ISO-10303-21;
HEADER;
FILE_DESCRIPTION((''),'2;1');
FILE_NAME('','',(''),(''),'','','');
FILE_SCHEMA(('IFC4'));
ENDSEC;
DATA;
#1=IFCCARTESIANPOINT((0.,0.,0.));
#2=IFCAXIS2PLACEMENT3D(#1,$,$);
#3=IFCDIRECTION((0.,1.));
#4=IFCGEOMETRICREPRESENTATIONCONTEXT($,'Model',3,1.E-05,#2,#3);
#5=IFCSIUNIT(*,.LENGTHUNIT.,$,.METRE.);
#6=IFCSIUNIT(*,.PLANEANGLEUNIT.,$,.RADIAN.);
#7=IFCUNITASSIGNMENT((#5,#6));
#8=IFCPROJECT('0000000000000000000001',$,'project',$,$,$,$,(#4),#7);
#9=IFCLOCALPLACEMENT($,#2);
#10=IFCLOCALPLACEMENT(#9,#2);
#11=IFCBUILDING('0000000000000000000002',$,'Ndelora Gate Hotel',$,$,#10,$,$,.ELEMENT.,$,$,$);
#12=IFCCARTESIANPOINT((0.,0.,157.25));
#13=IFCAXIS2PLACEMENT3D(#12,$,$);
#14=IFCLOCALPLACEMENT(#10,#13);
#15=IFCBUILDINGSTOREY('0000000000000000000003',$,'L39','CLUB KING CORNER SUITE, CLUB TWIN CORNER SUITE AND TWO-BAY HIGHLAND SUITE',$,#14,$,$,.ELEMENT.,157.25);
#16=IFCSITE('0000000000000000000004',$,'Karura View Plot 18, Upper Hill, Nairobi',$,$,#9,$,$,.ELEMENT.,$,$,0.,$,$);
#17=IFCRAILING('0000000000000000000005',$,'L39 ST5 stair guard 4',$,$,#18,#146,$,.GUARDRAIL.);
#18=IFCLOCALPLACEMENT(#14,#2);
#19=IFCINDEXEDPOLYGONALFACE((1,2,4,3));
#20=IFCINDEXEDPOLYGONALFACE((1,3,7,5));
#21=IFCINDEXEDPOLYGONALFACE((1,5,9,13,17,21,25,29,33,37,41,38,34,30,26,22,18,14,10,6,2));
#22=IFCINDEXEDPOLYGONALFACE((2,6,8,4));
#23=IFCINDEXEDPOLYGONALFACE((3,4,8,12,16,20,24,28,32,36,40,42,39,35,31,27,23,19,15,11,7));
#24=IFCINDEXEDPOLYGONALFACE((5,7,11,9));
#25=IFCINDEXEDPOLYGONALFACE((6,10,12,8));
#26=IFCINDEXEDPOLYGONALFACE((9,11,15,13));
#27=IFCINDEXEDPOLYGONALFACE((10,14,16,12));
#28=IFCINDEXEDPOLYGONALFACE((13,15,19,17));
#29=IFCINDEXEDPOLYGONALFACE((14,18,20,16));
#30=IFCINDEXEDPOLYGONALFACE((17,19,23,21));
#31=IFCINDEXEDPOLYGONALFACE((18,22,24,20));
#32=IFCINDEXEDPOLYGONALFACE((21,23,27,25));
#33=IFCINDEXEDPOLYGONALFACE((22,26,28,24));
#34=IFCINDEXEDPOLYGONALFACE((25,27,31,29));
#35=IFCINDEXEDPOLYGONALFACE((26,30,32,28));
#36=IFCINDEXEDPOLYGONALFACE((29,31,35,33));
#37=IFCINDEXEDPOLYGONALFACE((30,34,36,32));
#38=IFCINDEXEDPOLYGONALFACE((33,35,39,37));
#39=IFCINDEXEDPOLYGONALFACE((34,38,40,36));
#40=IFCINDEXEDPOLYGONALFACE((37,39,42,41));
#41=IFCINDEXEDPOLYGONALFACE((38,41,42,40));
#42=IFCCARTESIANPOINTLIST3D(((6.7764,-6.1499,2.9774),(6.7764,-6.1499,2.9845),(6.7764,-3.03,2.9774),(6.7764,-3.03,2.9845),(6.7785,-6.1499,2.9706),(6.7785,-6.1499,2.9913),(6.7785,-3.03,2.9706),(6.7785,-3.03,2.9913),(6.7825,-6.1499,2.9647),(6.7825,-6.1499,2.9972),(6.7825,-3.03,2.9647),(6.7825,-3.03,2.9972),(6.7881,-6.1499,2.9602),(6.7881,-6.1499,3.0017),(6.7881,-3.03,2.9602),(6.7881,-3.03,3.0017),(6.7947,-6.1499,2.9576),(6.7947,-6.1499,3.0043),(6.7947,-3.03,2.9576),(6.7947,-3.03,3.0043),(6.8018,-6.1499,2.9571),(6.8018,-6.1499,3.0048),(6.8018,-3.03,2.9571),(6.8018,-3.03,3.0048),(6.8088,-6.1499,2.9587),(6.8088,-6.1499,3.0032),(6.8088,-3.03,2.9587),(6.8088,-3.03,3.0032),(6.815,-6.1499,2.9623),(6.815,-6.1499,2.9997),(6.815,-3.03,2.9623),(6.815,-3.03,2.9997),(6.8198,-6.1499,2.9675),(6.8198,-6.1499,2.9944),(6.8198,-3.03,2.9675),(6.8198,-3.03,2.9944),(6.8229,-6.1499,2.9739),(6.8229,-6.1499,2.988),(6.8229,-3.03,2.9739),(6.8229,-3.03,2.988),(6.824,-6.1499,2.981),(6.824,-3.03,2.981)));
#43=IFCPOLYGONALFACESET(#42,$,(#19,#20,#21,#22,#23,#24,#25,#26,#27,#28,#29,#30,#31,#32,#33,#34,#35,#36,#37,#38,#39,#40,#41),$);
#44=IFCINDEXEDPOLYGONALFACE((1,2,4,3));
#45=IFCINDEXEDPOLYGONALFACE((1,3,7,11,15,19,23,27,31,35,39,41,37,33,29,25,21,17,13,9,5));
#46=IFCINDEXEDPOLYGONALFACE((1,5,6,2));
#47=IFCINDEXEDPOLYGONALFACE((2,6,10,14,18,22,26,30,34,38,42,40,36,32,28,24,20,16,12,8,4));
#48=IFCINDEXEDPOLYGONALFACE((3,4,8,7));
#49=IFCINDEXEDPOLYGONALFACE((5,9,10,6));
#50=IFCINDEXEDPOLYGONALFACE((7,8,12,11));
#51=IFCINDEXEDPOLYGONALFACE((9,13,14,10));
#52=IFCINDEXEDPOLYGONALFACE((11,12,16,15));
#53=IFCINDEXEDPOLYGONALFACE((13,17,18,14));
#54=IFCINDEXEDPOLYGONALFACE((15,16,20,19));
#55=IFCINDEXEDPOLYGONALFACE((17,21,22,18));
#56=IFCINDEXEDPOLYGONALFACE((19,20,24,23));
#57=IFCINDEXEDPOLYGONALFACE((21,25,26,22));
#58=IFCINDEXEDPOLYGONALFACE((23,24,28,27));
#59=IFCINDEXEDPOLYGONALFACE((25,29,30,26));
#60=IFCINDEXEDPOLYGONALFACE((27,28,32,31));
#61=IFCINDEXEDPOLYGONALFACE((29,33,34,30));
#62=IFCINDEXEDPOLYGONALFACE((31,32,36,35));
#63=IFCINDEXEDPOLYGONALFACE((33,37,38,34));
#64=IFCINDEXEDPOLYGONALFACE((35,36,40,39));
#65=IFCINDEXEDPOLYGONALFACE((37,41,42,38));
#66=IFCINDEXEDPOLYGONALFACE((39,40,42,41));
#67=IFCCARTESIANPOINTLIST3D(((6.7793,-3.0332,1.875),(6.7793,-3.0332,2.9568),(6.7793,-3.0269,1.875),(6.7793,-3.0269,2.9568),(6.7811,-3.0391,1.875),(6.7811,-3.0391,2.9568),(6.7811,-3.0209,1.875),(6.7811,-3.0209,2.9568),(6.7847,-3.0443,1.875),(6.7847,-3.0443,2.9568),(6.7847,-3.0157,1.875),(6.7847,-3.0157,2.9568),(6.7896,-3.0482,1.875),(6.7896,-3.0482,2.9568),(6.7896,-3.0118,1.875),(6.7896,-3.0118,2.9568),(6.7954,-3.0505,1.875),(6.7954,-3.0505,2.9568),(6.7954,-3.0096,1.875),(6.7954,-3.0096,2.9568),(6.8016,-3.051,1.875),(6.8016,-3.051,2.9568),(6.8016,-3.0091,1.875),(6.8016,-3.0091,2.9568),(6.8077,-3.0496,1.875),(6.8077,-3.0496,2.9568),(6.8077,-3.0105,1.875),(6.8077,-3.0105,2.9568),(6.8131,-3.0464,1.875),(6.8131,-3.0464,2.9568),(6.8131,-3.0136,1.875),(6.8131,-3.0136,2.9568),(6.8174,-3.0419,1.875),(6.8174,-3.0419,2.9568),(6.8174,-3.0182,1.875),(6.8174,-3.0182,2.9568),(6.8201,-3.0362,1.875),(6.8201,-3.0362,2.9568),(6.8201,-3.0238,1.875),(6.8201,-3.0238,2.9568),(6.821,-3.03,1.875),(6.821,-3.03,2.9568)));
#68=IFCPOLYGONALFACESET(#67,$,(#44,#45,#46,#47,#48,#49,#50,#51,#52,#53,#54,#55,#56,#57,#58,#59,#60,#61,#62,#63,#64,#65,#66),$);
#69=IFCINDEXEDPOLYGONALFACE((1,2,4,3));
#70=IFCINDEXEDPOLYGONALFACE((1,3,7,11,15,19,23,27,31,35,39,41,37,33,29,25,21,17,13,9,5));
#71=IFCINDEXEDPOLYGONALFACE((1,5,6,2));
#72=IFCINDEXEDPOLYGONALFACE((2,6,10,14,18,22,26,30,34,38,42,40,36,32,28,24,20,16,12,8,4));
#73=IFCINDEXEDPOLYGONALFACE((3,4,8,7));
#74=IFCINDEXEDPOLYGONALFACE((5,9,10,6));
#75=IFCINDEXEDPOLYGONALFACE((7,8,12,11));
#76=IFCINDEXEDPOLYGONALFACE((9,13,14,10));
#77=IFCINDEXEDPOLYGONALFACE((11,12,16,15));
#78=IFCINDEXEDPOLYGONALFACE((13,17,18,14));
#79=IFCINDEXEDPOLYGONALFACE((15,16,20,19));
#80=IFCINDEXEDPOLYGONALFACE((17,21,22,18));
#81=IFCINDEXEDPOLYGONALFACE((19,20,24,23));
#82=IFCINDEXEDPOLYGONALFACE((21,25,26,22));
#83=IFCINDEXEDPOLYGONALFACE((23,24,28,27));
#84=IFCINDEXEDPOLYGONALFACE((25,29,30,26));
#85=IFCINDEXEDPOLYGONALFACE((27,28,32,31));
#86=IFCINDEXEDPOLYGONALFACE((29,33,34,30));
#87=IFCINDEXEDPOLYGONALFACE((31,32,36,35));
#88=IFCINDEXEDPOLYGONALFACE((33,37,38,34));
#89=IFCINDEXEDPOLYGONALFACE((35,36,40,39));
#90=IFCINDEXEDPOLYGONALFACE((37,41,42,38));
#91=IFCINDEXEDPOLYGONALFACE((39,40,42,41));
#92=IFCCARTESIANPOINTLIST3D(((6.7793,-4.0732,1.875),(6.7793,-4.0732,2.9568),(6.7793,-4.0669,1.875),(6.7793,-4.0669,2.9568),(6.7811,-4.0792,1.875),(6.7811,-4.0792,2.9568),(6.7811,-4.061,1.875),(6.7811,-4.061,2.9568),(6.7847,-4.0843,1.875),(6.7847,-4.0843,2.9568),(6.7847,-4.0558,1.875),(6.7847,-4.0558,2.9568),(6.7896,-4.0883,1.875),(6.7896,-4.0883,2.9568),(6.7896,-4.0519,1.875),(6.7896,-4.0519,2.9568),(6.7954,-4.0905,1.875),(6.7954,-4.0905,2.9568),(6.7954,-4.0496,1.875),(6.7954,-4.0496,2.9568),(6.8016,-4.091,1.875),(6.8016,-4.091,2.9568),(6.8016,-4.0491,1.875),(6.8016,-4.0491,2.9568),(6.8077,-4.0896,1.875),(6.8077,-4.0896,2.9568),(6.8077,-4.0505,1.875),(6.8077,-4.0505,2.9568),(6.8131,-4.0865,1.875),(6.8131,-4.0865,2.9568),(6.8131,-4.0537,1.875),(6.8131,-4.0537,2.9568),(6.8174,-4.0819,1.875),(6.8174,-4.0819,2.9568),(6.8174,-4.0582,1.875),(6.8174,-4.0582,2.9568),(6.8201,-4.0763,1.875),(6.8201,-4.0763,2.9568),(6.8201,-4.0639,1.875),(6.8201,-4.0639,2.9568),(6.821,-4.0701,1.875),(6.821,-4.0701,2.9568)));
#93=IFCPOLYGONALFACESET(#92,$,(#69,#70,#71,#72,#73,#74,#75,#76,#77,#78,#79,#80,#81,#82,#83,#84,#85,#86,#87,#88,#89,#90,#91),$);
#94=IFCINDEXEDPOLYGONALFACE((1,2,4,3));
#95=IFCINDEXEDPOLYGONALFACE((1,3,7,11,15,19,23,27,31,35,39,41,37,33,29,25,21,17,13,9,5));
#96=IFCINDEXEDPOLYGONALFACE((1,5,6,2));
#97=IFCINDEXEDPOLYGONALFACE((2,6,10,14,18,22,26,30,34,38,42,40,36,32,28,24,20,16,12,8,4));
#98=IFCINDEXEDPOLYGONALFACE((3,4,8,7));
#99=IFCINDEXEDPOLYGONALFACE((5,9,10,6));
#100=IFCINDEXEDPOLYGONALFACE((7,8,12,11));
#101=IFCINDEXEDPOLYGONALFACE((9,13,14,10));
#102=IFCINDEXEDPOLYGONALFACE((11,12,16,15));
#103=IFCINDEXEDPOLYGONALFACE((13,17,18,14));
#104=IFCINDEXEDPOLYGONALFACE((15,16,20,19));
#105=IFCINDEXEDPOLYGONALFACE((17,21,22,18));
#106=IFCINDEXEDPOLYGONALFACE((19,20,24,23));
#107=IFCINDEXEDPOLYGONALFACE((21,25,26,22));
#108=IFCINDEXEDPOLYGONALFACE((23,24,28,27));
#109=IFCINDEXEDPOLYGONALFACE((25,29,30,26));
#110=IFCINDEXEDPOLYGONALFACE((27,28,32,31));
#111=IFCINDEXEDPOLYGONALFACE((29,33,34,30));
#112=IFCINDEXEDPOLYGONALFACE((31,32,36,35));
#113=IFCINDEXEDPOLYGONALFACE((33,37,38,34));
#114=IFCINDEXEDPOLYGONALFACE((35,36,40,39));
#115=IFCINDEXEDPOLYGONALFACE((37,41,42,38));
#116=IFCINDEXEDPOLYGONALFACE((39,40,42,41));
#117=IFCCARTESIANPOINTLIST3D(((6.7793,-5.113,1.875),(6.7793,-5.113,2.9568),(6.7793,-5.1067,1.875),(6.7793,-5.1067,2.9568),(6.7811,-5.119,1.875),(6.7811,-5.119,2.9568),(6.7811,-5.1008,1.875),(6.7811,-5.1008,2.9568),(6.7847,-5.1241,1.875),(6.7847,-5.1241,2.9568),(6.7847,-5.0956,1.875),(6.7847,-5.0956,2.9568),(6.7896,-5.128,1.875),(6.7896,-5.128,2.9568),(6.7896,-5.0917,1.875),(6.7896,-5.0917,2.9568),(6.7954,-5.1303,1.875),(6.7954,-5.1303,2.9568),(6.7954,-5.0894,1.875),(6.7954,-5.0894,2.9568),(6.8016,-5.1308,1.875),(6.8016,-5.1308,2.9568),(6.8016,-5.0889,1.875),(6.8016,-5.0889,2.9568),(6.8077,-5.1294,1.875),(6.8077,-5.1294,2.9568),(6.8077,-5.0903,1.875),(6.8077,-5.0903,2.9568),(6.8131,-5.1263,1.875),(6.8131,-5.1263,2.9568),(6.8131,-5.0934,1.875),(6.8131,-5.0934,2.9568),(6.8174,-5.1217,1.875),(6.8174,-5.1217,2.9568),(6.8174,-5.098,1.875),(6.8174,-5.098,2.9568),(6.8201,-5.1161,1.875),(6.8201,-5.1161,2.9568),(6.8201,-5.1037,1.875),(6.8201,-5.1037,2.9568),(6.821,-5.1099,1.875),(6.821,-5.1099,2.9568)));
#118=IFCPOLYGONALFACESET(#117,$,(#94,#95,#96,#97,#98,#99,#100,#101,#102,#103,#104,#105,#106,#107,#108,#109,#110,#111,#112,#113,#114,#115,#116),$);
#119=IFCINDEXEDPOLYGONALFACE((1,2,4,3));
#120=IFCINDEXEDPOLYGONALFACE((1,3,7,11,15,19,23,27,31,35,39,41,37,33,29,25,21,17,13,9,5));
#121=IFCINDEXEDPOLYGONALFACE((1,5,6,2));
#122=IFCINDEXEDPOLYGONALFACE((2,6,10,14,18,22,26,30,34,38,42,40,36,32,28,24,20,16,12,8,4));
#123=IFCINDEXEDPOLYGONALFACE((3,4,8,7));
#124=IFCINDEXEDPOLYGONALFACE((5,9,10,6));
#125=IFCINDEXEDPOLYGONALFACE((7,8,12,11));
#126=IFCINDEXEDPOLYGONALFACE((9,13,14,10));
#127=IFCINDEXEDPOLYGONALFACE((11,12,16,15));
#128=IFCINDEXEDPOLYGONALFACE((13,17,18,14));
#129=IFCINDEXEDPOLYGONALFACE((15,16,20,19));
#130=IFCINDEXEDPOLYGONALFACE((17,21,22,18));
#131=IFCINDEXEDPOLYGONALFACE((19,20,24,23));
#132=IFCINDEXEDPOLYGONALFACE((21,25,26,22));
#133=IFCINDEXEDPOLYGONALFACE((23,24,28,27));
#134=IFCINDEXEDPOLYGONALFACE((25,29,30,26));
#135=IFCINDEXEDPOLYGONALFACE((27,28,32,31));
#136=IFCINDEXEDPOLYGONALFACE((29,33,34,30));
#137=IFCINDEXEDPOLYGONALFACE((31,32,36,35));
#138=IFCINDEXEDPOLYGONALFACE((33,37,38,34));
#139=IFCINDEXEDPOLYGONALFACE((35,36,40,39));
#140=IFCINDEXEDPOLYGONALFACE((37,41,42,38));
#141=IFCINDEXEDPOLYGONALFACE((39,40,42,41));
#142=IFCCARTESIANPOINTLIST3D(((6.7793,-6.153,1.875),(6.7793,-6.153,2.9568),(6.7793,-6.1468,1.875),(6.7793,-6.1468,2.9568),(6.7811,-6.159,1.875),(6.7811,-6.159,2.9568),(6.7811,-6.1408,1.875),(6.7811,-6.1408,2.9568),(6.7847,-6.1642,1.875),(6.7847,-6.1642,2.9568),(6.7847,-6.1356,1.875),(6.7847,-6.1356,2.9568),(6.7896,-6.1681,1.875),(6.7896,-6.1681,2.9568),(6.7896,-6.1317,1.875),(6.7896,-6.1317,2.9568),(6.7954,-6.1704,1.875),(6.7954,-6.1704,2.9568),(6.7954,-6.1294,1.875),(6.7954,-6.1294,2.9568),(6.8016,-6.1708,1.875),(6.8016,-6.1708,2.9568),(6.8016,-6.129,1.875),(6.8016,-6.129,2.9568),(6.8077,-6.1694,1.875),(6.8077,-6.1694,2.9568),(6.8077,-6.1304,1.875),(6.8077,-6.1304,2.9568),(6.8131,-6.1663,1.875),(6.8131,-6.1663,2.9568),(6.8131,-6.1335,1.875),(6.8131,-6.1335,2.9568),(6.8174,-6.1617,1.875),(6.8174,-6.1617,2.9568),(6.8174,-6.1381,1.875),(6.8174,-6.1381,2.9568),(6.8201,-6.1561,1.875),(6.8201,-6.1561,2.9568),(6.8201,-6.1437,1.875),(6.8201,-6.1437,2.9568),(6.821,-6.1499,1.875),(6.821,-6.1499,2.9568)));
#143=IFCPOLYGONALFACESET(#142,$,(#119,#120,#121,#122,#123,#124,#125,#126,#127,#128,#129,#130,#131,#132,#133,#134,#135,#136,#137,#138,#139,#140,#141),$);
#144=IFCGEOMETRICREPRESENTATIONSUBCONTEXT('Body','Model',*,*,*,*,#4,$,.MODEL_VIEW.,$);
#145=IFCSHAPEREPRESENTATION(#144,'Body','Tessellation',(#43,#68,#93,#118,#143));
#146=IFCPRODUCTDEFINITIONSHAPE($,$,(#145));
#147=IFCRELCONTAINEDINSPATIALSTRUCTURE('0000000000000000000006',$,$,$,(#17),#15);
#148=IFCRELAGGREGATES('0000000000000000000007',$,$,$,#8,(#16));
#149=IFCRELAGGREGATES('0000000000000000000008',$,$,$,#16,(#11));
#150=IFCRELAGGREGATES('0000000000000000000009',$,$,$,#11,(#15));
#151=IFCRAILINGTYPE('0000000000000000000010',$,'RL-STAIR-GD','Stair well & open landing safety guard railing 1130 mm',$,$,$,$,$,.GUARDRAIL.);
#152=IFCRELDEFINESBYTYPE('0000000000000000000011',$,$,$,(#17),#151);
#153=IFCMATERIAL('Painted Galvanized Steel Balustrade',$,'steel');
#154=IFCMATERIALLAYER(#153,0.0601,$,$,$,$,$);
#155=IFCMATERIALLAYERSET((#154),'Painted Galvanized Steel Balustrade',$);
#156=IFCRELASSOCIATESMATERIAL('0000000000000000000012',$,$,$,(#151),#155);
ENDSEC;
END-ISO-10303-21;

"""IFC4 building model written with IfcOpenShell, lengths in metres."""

from ifc_helpers import new_model, si_unit, direction, frame, origin, origin_2d, place, context, subcontext, project, spatial, circle, extrude, material, layer, layer_set, type_object, element, save


model = new_model("IFC4")

# Units and contexts
model_context = context("Model", 3, precision=1e-05, world=origin(), true_north=direction((0.0, 1.0)))
body_context = subcontext(model_context, "Body", "Model", "MODEL_VIEW")
ifc_project = project(units=[si_unit("LENGTHUNIT", "METRE"), si_unit("PLANEANGLEUNIT", "RADIAN")], contexts=[model_context])

# Site, building, storey
site_placement = place(None, origin())
site = spatial("IfcSite", under=ifc_project, at=site_placement, Name="Karura View Plot 18, Upper Hill, Nairobi", CompositionType="ELEMENT", RefElevation=0.0)
building_placement = place(site_placement, origin())
building = spatial("IfcBuilding", under=site, at=building_placement, Name="Ndelora Gate Hotel", CompositionType="ELEMENT")
storey_placement = place(building_placement, frame((0.0, 0.0, 157.25)))
storey = spatial("IfcBuildingStorey", under=building, at=storey_placement, Name="L39", Description="CLUB KING CORNER SUITE, CLUB TWIN CORNER SUITE AND TWO-BAY HIGHLAND SUITE", CompositionType="ELEMENT", Elevation=157.25)

# Railing
ifc_material_1 = material(Name="Painted Galvanized Steel Balustrade", Category="steel")
ifc_layer_1 = layer(ifc_material_1, 0.0601)
ifc_layer_set_1 = layer_set([ifc_layer_1], Name="Painted Galvanized Steel Balustrade")
railing_type_1 = type_object("IfcRailingType", Name="RL-STAIR-GD", Description="Stair well & open landing safety guard railing 1130 mm", PredefinedType="GUARDRAIL", material=ifc_layer_set_1)
railing_1_placement = place(storey_placement, frame((6.8, -3.03, 1.875)))
element("IfcRailing", 1, at=railing_1_placement, inside=storey, type_object=railing_type_1, Name="L39 ST5 stair guard 4", PredefinedType="GUARDRAIL", context=body_context, shape_type="SweptSolid", body=[
    extrude(circle(Radius=0.0239, at=origin_2d()), frame((0.0, 0.0, 1.106), z_axis=(0.0, -1.0, 0.0), x_axis=(1.0, 0.0, 0.0)), (0.0, 0.0, 1.0), 3.1199),
    extrude(circle(Radius=0.021, at=origin_2d()), origin(), (0.0, 0.0, 1.0), 1.0818),
    extrude(circle(Radius=0.021, at=origin_2d()), frame((0.0, -1.04, 0.0)), (0.0, 0.0, 1.0), 1.0818),
    extrude(circle(Radius=0.021, at=origin_2d()), frame((0.0, -2.0798, 0.0)), (0.0, 0.0, 1.0), 1.0818),
    extrude(circle(Radius=0.021, at=origin_2d()), frame((0.0, -3.1199, 0.0)), (0.0, 0.0, 1.0), 1.0818),
])

save(model, "model.ifc")
